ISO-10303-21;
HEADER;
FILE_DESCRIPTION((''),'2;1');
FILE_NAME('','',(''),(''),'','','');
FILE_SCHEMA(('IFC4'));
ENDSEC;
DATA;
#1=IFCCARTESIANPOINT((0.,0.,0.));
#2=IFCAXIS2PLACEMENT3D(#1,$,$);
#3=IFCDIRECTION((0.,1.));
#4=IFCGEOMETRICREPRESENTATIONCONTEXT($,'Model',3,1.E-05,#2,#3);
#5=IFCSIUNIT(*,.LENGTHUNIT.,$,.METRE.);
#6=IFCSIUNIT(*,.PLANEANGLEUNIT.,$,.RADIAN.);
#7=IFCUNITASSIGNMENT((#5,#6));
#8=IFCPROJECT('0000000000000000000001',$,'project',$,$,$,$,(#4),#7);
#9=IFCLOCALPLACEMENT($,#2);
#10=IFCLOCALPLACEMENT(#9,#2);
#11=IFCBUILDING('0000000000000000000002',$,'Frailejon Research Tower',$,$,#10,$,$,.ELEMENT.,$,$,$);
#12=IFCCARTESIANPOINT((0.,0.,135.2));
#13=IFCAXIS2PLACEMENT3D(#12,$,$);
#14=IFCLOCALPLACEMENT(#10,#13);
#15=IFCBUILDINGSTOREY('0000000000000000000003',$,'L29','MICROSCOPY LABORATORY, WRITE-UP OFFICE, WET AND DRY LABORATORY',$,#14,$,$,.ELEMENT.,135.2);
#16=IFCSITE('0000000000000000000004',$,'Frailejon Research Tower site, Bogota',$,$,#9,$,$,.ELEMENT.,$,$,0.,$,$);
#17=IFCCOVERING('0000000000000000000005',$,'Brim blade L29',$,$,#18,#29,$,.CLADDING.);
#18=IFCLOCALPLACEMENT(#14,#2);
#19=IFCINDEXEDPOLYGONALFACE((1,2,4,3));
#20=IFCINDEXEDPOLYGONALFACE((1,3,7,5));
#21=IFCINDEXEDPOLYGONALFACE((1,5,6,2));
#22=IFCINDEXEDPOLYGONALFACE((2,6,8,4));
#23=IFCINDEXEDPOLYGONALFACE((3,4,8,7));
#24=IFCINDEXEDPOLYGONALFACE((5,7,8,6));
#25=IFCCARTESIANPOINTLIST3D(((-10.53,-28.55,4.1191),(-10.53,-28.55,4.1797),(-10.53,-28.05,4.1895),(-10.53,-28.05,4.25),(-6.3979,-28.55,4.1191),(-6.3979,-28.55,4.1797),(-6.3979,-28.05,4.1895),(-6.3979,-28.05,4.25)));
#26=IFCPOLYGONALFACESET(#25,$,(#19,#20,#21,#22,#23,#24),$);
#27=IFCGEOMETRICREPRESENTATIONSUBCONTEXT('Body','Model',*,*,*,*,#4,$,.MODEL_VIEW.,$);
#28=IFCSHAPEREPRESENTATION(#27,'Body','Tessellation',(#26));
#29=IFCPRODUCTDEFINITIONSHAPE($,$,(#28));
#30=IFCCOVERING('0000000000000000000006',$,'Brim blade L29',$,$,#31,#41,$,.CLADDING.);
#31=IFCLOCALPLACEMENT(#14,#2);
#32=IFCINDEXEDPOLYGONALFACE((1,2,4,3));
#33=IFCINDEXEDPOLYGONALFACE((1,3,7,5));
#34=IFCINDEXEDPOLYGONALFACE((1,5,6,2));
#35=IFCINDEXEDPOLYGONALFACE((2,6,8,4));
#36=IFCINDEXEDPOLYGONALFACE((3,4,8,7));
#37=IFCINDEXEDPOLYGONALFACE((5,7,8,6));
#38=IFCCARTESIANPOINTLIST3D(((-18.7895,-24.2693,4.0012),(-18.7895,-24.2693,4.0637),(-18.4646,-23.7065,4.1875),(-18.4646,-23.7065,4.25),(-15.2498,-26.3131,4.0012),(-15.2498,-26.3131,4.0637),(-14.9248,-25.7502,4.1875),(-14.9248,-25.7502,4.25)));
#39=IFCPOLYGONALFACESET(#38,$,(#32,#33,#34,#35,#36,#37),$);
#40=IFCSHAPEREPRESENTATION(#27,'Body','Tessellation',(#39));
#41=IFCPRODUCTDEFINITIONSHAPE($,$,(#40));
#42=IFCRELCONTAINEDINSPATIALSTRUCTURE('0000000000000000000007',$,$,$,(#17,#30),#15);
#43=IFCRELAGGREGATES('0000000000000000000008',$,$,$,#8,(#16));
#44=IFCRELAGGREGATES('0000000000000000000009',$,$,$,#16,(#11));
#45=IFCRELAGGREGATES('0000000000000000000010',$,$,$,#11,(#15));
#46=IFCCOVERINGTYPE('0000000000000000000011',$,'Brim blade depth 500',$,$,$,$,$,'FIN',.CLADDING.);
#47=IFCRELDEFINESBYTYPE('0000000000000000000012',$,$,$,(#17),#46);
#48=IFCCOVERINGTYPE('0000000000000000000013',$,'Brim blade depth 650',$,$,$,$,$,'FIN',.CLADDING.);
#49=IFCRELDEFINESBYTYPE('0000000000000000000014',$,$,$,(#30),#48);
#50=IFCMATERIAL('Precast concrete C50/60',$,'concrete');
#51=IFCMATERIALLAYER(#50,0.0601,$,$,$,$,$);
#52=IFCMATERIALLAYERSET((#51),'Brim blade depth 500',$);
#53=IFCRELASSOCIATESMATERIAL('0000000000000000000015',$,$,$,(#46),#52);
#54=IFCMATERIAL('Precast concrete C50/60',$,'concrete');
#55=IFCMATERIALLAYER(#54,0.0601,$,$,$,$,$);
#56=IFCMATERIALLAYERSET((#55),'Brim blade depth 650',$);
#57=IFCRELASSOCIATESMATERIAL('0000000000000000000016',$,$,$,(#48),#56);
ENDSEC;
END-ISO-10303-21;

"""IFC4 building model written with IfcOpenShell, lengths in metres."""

from ifc_helpers import new_model, si_unit, direction, frame, origin, place, context, subcontext, project, spatial, polyline, outline, extrude, material, layer, layer_set, type_object, element, save


model = new_model("IFC4")

# Units and contexts
model_context = context("Model", 3, precision=1e-05, world=origin(), true_north=direction((0.0, 1.0)))
body_context = subcontext(model_context, "Body", "Model", "MODEL_VIEW")
ifc_project = project(units=[si_unit("LENGTHUNIT", "METRE"), si_unit("PLANEANGLEUNIT", "RADIAN")], contexts=[model_context])

# Site, building, storey
site_placement = place(None, origin())
site = spatial("IfcSite", under=ifc_project, at=site_placement, Name="Frailejon Research Tower site, Bogota", CompositionType="ELEMENT", RefElevation=0.0)
building_placement = place(site_placement, origin())
building = spatial("IfcBuilding", under=site, at=building_placement, Name="Frailejon Research Tower", CompositionType="ELEMENT")
storey_placement = place(building_placement, frame((0.0, 0.0, 135.2)))
storey = spatial("IfcBuildingStorey", under=building, at=storey_placement, Name="L29", Description="MICROSCOPY LABORATORY, WRITE-UP OFFICE, WET AND DRY LABORATORY", CompositionType="ELEMENT", Elevation=135.2)

# Coverings
ifc_material_1 = material(Name="Precast concrete C50/60", Category="concrete")
ifc_layer_1 = layer(ifc_material_1, 0.0601)
ifc_layer_set_1 = layer_set([ifc_layer_1], Name="Brim blade depth 500")
covering_type_1 = type_object("IfcCoveringType", Name="Brim blade depth 500", ElementType="FIN", PredefinedType="CLADDING", material=ifc_layer_set_1)
covering_1_placement = place(storey_placement, frame((-6.3979, -28.05, 4.25), z_axis=(-1.0, 0.0, 0.0), x_axis=(0.0, -1.0, 0.0)))
element("IfcCovering", 1, at=covering_1_placement, inside=storey, type_object=covering_type_1, Name="Brim blade L29", PredefinedType="CLADDING", context=body_context, shape_type="SweptSolid", body=[
    extrude(outline(polyline([(0.0, -0.0605), (0.5, -0.1309), (0.5, -0.0703), (0.0, 0.0), (0.0, -0.0605)])), origin(), (0.0, 0.0, 1.0), 4.1321),
])
ifc_material_2 = material(Name="Precast concrete C50/60", Category="concrete")
ifc_layer_2 = layer(ifc_material_2, 0.0601)
ifc_layer_set_2 = layer_set([ifc_layer_2], Name="Brim blade depth 650")
covering_type_2 = type_object("IfcCoveringType", Name="Brim blade depth 650", ElementType="FIN", PredefinedType="CLADDING", material=ifc_layer_set_2)
covering_2_placement = place(storey_placement, frame((-14.9248, -25.7502, 4.25), z_axis=(-0.866021, 0.500007, 0.0), x_axis=(-0.500007, -0.866021, 0.0)))
element("IfcCovering", 2, at=covering_2_placement, inside=storey, type_object=covering_type_2, Name="Brim blade L29", PredefinedType="CLADDING", context=body_context, shape_type="SweptSolid", body=[
    extrude(outline(polyline([(0.0, -0.0625), (0.6499, -0.2488), (0.6499, -0.1863), (0.0, 0.0), (0.0, -0.0625)])), origin(), (0.0, 0.0, 1.0), 4.0874),
])

save(model, "model.ifc")
